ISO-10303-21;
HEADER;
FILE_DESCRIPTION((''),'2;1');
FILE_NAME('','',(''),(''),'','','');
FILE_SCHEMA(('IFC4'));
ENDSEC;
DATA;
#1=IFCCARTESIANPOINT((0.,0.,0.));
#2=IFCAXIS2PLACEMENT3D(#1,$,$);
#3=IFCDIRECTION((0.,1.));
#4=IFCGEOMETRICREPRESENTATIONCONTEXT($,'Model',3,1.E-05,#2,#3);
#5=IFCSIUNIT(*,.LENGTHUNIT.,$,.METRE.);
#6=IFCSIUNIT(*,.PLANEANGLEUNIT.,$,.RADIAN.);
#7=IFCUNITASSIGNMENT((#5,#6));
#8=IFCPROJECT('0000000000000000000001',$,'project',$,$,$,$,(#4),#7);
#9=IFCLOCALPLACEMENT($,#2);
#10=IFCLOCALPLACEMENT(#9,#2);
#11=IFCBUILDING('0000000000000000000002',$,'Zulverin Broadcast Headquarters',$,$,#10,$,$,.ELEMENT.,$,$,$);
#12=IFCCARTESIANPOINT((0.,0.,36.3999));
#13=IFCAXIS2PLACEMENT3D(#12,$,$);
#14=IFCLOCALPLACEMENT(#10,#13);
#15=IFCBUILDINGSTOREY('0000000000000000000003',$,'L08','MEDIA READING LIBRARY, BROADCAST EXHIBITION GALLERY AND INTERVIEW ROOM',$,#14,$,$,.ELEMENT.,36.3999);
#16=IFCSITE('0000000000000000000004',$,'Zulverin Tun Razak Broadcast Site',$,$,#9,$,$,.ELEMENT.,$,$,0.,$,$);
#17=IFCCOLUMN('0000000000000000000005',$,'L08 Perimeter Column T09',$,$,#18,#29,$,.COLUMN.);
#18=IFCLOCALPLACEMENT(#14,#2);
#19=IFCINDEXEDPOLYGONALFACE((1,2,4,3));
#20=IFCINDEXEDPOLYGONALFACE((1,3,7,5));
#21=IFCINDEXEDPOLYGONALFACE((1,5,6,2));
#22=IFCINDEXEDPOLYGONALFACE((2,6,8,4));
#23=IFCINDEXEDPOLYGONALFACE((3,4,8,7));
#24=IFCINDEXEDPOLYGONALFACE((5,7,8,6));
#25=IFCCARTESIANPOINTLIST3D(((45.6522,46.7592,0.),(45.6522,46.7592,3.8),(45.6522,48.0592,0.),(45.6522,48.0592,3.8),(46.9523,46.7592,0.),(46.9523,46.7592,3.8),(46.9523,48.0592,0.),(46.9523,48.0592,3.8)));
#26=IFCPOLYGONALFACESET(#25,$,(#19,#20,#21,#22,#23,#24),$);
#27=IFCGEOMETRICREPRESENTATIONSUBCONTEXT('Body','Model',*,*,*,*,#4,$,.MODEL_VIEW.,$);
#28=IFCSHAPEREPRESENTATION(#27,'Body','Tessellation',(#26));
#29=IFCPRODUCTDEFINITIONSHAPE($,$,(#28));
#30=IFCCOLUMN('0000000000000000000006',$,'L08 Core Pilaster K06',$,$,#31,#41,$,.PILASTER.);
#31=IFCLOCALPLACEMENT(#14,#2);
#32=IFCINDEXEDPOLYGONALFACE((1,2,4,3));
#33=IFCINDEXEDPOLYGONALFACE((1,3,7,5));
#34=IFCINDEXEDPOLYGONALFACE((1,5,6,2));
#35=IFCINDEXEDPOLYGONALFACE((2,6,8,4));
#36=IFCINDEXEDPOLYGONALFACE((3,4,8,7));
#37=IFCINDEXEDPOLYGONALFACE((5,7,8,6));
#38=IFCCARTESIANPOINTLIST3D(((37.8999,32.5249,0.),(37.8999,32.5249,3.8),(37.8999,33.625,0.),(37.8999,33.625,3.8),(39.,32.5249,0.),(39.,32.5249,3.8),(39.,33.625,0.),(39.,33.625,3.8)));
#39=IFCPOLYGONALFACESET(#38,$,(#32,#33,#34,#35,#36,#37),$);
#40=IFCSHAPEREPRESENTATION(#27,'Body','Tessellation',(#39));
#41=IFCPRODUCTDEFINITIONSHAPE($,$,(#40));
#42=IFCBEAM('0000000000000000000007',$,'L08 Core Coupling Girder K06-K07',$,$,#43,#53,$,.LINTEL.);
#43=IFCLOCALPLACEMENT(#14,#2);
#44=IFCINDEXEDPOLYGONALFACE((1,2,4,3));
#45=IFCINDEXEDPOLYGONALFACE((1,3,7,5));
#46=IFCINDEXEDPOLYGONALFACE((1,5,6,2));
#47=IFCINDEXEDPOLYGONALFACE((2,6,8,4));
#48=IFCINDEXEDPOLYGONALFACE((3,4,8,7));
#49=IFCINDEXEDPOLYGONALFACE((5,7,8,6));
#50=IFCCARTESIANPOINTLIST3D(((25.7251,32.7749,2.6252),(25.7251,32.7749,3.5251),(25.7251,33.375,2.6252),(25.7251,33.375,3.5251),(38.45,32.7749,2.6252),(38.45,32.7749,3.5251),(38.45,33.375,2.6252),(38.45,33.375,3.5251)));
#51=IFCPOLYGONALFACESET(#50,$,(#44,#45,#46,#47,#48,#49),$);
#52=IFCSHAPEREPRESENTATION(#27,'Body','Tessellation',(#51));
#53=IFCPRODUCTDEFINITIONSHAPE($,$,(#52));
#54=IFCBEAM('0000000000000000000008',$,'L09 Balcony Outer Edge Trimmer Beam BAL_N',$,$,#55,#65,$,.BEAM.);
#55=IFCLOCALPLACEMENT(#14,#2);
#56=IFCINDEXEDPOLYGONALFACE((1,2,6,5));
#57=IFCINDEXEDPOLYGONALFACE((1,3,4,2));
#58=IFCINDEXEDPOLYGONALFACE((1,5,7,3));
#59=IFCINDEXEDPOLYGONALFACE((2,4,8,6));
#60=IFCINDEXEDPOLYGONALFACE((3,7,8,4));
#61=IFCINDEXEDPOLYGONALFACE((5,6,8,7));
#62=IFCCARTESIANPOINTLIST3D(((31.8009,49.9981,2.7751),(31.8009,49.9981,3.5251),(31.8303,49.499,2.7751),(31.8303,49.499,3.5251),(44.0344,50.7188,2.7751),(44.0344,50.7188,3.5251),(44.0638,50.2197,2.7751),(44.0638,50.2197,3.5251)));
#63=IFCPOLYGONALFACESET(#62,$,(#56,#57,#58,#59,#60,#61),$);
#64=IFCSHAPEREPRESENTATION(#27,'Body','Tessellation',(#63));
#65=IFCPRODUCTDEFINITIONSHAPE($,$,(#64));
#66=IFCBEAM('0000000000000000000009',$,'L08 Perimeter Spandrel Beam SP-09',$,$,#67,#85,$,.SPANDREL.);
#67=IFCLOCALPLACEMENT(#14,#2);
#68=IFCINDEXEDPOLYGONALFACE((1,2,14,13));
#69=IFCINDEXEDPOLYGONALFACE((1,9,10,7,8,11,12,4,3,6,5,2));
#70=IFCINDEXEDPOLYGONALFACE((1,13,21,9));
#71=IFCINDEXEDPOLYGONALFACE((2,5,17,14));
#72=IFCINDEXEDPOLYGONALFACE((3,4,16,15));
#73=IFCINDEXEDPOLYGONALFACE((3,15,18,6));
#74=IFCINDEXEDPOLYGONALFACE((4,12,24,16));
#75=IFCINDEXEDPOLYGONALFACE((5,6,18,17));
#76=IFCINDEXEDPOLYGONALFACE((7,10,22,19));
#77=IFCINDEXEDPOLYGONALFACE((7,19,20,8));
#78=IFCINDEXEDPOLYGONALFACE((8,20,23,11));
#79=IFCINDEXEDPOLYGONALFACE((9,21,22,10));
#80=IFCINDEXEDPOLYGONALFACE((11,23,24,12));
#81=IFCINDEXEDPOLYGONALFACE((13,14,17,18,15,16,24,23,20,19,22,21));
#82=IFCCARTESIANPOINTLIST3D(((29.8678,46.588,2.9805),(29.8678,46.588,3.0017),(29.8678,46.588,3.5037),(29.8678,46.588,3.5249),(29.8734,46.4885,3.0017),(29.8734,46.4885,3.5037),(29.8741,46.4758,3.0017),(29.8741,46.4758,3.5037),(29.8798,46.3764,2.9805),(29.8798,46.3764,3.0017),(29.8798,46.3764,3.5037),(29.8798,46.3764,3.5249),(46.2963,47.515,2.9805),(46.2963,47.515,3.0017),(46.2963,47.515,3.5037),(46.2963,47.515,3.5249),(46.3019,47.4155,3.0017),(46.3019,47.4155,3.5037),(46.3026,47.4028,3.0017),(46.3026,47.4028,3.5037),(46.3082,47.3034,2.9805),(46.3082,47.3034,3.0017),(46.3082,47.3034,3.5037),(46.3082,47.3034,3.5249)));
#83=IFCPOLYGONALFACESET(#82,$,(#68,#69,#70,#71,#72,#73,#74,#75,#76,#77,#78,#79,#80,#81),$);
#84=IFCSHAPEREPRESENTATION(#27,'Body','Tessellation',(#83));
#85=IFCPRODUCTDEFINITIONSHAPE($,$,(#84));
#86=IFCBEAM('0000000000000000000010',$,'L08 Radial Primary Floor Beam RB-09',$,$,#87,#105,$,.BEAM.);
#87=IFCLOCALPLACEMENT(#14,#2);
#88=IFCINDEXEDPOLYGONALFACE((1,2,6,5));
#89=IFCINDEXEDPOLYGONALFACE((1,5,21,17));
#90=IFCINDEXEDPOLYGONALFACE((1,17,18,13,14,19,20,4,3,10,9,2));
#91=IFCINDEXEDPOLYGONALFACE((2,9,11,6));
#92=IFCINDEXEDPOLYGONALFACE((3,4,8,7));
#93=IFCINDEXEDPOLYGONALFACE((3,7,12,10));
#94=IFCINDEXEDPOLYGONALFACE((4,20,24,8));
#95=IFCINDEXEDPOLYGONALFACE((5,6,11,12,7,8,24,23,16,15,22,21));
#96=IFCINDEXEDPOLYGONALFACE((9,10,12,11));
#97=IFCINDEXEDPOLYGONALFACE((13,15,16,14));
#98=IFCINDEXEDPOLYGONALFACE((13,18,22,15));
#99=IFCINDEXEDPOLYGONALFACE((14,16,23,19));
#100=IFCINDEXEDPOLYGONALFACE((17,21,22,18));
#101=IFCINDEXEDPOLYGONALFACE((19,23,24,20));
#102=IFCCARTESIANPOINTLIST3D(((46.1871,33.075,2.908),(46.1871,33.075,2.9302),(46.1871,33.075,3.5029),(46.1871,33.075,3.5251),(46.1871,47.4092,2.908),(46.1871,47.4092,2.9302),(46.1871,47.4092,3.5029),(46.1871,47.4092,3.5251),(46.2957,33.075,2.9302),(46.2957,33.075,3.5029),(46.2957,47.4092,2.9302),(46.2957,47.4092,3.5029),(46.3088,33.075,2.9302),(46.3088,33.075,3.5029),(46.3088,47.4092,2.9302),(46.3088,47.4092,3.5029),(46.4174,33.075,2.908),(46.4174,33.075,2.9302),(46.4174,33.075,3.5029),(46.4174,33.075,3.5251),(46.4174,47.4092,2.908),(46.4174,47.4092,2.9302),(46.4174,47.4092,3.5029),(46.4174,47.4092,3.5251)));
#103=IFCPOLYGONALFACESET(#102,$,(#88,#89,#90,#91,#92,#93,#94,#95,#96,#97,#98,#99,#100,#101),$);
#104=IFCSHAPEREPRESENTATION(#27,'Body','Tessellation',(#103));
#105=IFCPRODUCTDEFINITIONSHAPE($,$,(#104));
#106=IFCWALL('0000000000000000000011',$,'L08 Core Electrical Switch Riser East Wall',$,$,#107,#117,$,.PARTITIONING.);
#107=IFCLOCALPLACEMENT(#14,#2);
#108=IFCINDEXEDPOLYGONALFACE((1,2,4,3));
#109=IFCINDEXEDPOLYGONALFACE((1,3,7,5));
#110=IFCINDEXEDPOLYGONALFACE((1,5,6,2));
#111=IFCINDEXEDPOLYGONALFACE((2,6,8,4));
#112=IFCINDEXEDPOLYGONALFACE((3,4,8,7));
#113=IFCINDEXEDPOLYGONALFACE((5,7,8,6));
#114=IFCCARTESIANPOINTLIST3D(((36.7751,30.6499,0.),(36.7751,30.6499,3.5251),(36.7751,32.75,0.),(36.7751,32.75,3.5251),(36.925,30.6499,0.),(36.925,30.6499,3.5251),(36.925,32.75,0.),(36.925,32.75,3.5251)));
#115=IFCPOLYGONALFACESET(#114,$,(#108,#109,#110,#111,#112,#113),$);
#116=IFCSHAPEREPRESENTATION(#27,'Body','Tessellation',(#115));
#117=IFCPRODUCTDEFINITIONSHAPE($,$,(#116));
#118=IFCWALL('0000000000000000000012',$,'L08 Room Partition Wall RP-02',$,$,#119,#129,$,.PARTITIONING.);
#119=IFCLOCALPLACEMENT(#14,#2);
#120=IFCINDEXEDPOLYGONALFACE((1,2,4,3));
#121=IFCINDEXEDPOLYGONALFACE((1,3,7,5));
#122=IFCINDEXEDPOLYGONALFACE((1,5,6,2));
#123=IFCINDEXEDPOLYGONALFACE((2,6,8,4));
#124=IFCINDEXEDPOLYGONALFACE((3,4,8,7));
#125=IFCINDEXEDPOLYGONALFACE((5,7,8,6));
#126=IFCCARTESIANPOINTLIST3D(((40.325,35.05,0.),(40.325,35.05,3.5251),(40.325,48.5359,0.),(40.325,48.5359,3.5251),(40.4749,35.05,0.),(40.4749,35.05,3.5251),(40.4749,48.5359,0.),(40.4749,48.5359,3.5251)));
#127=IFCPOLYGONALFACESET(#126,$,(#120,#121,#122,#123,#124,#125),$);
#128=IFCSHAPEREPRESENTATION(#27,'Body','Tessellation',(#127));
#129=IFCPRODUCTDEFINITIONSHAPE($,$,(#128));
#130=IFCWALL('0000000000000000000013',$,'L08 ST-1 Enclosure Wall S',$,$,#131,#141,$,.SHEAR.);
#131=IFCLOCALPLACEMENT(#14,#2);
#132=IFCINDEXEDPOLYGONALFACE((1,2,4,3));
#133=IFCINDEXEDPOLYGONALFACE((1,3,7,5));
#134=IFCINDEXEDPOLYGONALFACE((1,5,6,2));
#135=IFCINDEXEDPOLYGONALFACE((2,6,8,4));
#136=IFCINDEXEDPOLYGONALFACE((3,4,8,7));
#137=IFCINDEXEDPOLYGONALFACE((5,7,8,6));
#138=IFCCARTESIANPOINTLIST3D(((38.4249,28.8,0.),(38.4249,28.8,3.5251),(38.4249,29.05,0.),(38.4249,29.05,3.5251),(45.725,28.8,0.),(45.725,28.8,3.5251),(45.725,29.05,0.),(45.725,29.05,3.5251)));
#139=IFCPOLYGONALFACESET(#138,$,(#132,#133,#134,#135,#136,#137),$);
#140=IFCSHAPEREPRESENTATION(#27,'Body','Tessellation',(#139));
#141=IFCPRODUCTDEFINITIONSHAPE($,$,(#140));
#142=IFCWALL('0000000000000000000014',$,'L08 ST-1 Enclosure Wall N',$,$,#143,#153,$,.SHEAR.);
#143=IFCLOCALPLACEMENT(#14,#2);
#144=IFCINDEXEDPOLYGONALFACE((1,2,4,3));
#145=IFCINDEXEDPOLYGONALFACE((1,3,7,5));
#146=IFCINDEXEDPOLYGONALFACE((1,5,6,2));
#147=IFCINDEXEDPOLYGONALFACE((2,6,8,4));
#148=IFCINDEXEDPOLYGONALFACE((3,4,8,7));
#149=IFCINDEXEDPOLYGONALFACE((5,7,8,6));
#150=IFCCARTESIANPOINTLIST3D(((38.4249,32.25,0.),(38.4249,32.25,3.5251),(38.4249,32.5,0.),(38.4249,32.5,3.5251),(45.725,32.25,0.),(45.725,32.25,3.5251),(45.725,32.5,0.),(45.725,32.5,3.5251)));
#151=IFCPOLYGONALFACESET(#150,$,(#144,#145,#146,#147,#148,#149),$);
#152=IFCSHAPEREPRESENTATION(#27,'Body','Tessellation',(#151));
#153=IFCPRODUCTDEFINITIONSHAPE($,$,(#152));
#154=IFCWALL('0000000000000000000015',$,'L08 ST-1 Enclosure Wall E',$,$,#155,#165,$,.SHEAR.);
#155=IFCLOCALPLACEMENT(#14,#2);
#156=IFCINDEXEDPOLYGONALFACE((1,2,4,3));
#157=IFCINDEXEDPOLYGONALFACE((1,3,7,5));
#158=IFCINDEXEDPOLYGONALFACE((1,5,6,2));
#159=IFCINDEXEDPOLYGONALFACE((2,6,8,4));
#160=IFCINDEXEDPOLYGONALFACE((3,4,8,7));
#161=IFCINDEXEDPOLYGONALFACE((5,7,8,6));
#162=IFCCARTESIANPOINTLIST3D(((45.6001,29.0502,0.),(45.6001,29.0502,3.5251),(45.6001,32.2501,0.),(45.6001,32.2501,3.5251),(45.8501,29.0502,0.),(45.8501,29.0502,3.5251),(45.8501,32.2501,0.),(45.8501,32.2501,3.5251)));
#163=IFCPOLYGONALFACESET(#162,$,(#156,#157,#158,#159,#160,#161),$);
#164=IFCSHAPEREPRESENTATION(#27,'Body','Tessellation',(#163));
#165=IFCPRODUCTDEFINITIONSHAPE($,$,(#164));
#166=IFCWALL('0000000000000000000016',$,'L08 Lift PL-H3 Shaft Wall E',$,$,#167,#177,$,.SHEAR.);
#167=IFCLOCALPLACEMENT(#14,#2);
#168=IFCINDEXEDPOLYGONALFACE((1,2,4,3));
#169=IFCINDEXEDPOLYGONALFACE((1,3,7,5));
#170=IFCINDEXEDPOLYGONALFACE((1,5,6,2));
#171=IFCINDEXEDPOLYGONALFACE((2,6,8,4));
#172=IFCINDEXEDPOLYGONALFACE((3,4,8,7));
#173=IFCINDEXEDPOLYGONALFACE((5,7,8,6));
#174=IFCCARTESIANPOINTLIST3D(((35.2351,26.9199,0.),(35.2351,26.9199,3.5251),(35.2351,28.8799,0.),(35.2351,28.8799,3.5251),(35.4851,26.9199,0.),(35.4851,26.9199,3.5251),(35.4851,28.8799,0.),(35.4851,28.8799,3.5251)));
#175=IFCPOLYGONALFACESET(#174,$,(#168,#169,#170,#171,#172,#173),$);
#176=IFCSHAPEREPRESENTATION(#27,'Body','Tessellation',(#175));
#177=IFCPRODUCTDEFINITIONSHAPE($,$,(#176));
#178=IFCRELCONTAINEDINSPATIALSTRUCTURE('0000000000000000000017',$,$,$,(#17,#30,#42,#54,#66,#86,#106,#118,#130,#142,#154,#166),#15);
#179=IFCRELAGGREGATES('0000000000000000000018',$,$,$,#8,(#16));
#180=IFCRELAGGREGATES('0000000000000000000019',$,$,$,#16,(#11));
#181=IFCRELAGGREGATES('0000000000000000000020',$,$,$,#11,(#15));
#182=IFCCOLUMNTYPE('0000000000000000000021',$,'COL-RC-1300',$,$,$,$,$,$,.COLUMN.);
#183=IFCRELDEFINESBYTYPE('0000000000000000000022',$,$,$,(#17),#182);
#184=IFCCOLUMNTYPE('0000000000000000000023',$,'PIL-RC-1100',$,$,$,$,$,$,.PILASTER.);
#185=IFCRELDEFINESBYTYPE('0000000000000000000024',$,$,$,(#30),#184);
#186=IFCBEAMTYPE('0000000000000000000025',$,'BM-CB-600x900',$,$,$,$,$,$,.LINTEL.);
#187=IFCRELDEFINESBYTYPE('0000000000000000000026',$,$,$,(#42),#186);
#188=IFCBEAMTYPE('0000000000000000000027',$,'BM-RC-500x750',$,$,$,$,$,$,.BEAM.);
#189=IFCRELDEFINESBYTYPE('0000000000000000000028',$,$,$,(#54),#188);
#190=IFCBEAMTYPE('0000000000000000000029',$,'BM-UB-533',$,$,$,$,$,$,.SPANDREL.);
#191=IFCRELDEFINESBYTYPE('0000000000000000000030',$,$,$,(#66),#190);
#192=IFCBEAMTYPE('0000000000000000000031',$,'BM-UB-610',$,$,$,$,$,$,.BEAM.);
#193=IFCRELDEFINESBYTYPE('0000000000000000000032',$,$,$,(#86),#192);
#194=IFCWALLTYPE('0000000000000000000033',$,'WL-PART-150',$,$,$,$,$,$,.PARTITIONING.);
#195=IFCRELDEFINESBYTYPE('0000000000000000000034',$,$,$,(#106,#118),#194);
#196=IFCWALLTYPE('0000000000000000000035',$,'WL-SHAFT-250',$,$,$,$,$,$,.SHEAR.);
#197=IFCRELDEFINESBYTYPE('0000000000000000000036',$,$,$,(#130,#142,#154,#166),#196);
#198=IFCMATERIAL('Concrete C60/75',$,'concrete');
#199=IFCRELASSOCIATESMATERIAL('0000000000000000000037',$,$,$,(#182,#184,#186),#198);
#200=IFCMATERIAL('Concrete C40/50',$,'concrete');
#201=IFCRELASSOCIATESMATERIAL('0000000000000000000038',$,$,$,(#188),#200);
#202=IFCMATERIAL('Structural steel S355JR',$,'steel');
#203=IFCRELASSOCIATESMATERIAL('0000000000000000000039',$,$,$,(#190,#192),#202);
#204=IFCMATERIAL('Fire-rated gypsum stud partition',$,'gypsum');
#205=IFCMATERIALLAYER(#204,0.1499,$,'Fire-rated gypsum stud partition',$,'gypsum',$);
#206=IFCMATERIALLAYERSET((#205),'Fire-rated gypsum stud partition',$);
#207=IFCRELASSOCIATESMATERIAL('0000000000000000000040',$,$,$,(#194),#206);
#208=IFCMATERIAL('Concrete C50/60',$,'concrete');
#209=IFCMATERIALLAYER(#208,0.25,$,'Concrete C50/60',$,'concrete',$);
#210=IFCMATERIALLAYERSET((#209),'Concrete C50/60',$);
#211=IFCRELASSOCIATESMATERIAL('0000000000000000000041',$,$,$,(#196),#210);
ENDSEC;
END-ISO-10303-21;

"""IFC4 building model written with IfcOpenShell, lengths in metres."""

from ifc_helpers import new_model, si_unit, direction, frame, frame_2d, origin, origin_2d, place, context, subcontext, project, spatial, rectangle, i_section, extrude, material, layer, layer_set, material_profile, profile_set, type_object, element, save


model = new_model("IFC4")

# Units and contexts
model_context = context("Model", 3, precision=1e-05, world=origin(), true_north=direction((0.0, 1.0)))
body_context = subcontext(model_context, "Body", "Model", "MODEL_VIEW")
ifc_project = project(units=[si_unit("LENGTHUNIT", "METRE"), si_unit("PLANEANGLEUNIT", "RADIAN")], contexts=[model_context])

# Site, building, storey
site_placement = place(None, origin())
site = spatial("IfcSite", under=ifc_project, at=site_placement, Name="Zulverin Tun Razak Broadcast Site", CompositionType="ELEMENT", RefElevation=0.0)
building_placement = place(site_placement, origin())
building = spatial("IfcBuilding", under=site, at=building_placement, Name="Zulverin Broadcast Headquarters", CompositionType="ELEMENT")
storey_placement = place(building_placement, frame((0.0, 0.0, 36.3999)))
storey = spatial("IfcBuildingStorey", under=building, at=storey_placement, Name="L08", Description="MEDIA READING LIBRARY, BROADCAST EXHIBITION GALLERY AND INTERVIEW ROOM", CompositionType="ELEMENT", Elevation=36.3999)

# Columns
ifc_material_1 = material(Name="Concrete C60/75", Category="concrete")
ifc_material_profile_1 = material_profile(ifc_material_1, rectangle(XDim=1.3, YDim=1.3, at=origin_2d()), Name="Concrete C60/75", Category="concrete")
ifc_profile_set_1 = profile_set([ifc_material_profile_1], Name="Concrete C60/75")
column_type_1 = type_object("IfcColumnType", Name="COL-RC-1300", PredefinedType="COLUMN", material=ifc_profile_set_1)
column_1_placement = place(storey_placement, frame((46.3022, 47.4092, 0.0), z_axis=(0.0, 0.0, 1.0), x_axis=(1.0, 0.0, 0.0)))
element("IfcColumn", 1, at=column_1_placement, inside=storey, type_object=column_type_1, Name="L08 Perimeter Column T09", PredefinedType="COLUMN", context=body_context, shape_type="SweptSolid", body=[
    extrude(rectangle(XDim=1.3, YDim=1.3, at=origin_2d()), origin(), (0.0, 0.0, 1.0), 3.8),
])
ifc_material_profile_2 = material_profile(ifc_material_1, rectangle(XDim=1.1001, YDim=1.1001, at=origin_2d()), Name="Concrete C60/75", Category="concrete")
ifc_profile_set_2 = profile_set([ifc_material_profile_2], Name="Concrete C60/75")
column_type_2 = type_object("IfcColumnType", Name="PIL-RC-1100", PredefinedType="PILASTER", material=ifc_profile_set_2)
column_2_placement = place(storey_placement, frame((38.45, 33.075, 0.0), z_axis=(0.0, 0.0, 1.0), x_axis=(1.0, 0.0, 0.0)))
element("IfcColumn", 2, at=column_2_placement, inside=storey, type_object=column_type_2, Name="L08 Core Pilaster K06", PredefinedType="PILASTER", context=body_context, shape_type="SweptSolid", body=[
    extrude(rectangle(XDim=1.1001, YDim=1.1001, at=origin_2d()), origin(), (0.0, 0.0, 1.0), 3.8),
])

# Beams
ifc_material_profile_3 = material_profile(ifc_material_1, rectangle(XDim=0.6001, YDim=0.8999, at=origin_2d()), Name="Concrete C60/75", Category="concrete")
ifc_profile_set_3 = profile_set([ifc_material_profile_3], Name="Concrete C60/75")
beam_type_1 = type_object("IfcBeamType", Name="BM-CB-600x900", PredefinedType="LINTEL", material=ifc_profile_set_3)
beam_1_placement = place(storey_placement, frame((38.45, 33.075, 3.0752), z_axis=(-1.0, 0.0, 0.0), x_axis=(0.0, -1.0, 0.0)))
element("IfcBeam", 3, at=beam_1_placement, inside=storey, type_object=beam_type_1, Name="L08 Core Coupling Girder K06-K07", PredefinedType="LINTEL", context=body_context, shape_type="SweptSolid", body=[
    extrude(rectangle(XDim=0.6001, YDim=0.8999, at=origin_2d()), origin(), (0.0, 0.0, 1.0), 12.7249),
])
ifc_material_2 = material(Name="Concrete C40/50", Category="concrete")
ifc_material_profile_4 = material_profile(ifc_material_2, rectangle(XDim=0.5, YDim=0.75, at=origin_2d()), Name="Concrete C40/50", Category="concrete")
ifc_profile_set_4 = profile_set([ifc_material_profile_4], Name="Concrete C40/50")
beam_type_2 = type_object("IfcBeamType", Name="BM-RC-500x750", PredefinedType="BEAM", material=ifc_profile_set_4)
beam_2_placement = place(storey_placement, frame((44.0491, 50.4692, 3.1501), z_axis=(-0.998269, -0.058811, 0.0), x_axis=(0.058811, -0.998269, 0.0)))
element("IfcBeam", 4, at=beam_2_placement, inside=storey, type_object=beam_type_2, Name="L09 Balcony Outer Edge Trimmer Beam BAL_N", PredefinedType="BEAM", context=body_context, shape_type="SweptSolid", body=[
    extrude(rectangle(XDim=0.5, YDim=0.75, at=origin_2d()), origin(), (0.0, 0.0, 1.0), 12.2546),
])
ifc_material_3 = material(Name="Structural steel S355JR", Category="steel")
ifc_material_profile_5 = material_profile(ifc_material_3, i_section(OverallWidth=0.2119, OverallDepth=0.5444, WebThickness=0.0127, FlangeThickness=0.0212, at=origin_2d()), Name="Structural steel S355JR", Category="steel")
ifc_profile_set_5 = profile_set([ifc_material_profile_5], Name="Structural steel S355JR")
beam_type_3 = type_object("IfcBeamType", Name="BM-UB-533", PredefinedType="SPANDREL", material=ifc_profile_set_5)
beam_3_placement = place(storey_placement, frame((46.3022, 47.4092, 3.2527), z_axis=(-0.998412, -0.056337, 0.0), x_axis=(0.056337, -0.998412, 0.0)))
element("IfcBeam", 5, at=beam_3_placement, inside=storey, type_object=beam_type_3, Name="L08 Perimeter Spandrel Beam SP-09", PredefinedType="SPANDREL", context=body_context, shape_type="SweptSolid", body=[
    extrude(i_section(OverallWidth=0.2119, OverallDepth=0.5444, WebThickness=0.0127, FlangeThickness=0.0212, at=origin_2d()), origin(), (0.0, 0.0, 1.0), 16.4546),
])
ifc_material_profile_6 = material_profile(ifc_material_3, i_section(OverallWidth=0.2302, OverallDepth=0.6172, WebThickness=0.0132, FlangeThickness=0.0222, at=origin_2d()), Name="Structural steel S355JR", Category="steel")
ifc_profile_set_6 = profile_set([ifc_material_profile_6], Name="Structural steel S355JR")
beam_type_4 = type_object("IfcBeamType", Name="BM-UB-610", PredefinedType="BEAM", material=ifc_profile_set_6)
beam_4_placement = place(storey_placement, frame((46.3022, 33.075, 3.2166), z_axis=(0.0, 1.0, 0.0), x_axis=(-1.0, 0.0, 0.0)))
element("IfcBeam", 6, at=beam_4_placement, inside=storey, type_object=beam_type_4, Name="L08 Radial Primary Floor Beam RB-09", PredefinedType="BEAM", context=body_context, shape_type="SweptSolid", body=[
    extrude(i_section(OverallWidth=0.2302, OverallDepth=0.6172, WebThickness=0.0132, FlangeThickness=0.0222, at=origin_2d()), origin(), (0.0, 0.0, 1.0), 14.3342),
])

# Walls
ifc_material_4 = material(Name="Fire-rated gypsum stud partition", Category="gypsum")
ifc_layer_1 = layer(ifc_material_4, 0.1499, Name="Fire-rated gypsum stud partition", Category="gypsum")
ifc_layer_set_1 = layer_set([ifc_layer_1], Name="Fire-rated gypsum stud partition")
wall_type_1 = type_object("IfcWallType", Name="WL-PART-150", PredefinedType="PARTITIONING", material=ifc_layer_set_1)
wall_1_placement = place(storey_placement, frame((36.8501, 30.6499, 0.0), z_axis=(0.0, 0.0, 1.0), x_axis=(0.0, 1.0, 0.0)))
element("IfcWall", 7, at=wall_1_placement, inside=storey, type_object=wall_type_1, Name="L08 Core Electrical Switch Riser East Wall", PredefinedType="PARTITIONING", context=body_context, shape_type="SweptSolid", body=[
    extrude(rectangle(XDim=2.1001, YDim=0.1499, at=frame_2d((1.05, 0.0))), origin(), (0.0, 0.0, 1.0), 3.5251),
])
wall_2_placement = place(storey_placement, frame((40.3999, 35.05, 0.0), z_axis=(0.0, 0.0, 1.0), x_axis=(0.0, 1.0, 0.0)))
element("IfcWall", 8, at=wall_2_placement, inside=storey, type_object=wall_type_1, Name="L08 Room Partition Wall RP-02", PredefinedType="PARTITIONING", context=body_context, shape_type="SweptSolid", body=[
    extrude(rectangle(XDim=13.4858, YDim=0.1499, at=frame_2d((6.7429, 0.0))), origin(), (0.0, 0.0, 1.0), 3.5251),
])
ifc_material_5 = material(Name="Concrete C50/60", Category="concrete")
ifc_layer_2 = layer(ifc_material_5, 0.25, Name="Concrete C50/60", Category="concrete")
ifc_layer_set_2 = layer_set([ifc_layer_2], Name="Concrete C50/60")
wall_type_2 = type_object("IfcWallType", Name="WL-SHAFT-250", PredefinedType="SHEAR", material=ifc_layer_set_2)
for number, where, z_axis, x_axis, name in (
    (9, (38.425, 28.925, 0.0), (0.0, 0.0, 1.0), (1.0, 0.0, 0.0), "L08 ST-1 Enclosure Wall S"),
    (10, (38.425, 32.375, 0.0), (0.0, 0.0, 1.0), (1.0, 0.0, 0.0), "L08 ST-1 Enclosure Wall N"),
):
    element("IfcWall", number, at=place(storey_placement, frame(where, z_axis=z_axis, x_axis=x_axis)), inside=storey, type_object=wall_type_2, Name=name, PredefinedType="SHEAR", context=body_context, shape_type="SweptSolid", body=[
        extrude(rectangle(XDim=7.3, YDim=0.25, at=frame_2d((3.6499, 0.0))), origin(), (0.0, 0.0, 1.0), 3.5251),
    ])

# Walls
wall_3_placement = place(storey_placement, frame((45.7251, 29.05, 0.0), z_axis=(0.0, 0.0, 1.0), x_axis=(0.0, 1.0, 0.0)))
element("IfcWall", 11, at=wall_3_placement, inside=storey, type_object=wall_type_2, Name="L08 ST-1 Enclosure Wall E", PredefinedType="SHEAR", context=body_context, shape_type="SweptSolid", body=[
    extrude(rectangle(XDim=3.2, YDim=0.25, at=frame_2d((1.6001, 0.0))), origin(), (0.0, 0.0, 1.0), 3.5251),
])
wall_4_placement = place(storey_placement, frame((35.3601, 26.9199, 0.0), z_axis=(0.0, 0.0, 1.0), x_axis=(0.0, 1.0, 0.0)))
element("IfcWall", 12, at=wall_4_placement, inside=storey, type_object=wall_type_2, Name="L08 Lift PL-H3 Shaft Wall E", PredefinedType="SHEAR", context=body_context, shape_type="SweptSolid", body=[
    extrude(rectangle(XDim=1.96, YDim=0.25, at=frame_2d((0.98, 0.0))), origin(), (0.0, 0.0, 1.0), 3.5251),
])

save(model, "model.ifc")
